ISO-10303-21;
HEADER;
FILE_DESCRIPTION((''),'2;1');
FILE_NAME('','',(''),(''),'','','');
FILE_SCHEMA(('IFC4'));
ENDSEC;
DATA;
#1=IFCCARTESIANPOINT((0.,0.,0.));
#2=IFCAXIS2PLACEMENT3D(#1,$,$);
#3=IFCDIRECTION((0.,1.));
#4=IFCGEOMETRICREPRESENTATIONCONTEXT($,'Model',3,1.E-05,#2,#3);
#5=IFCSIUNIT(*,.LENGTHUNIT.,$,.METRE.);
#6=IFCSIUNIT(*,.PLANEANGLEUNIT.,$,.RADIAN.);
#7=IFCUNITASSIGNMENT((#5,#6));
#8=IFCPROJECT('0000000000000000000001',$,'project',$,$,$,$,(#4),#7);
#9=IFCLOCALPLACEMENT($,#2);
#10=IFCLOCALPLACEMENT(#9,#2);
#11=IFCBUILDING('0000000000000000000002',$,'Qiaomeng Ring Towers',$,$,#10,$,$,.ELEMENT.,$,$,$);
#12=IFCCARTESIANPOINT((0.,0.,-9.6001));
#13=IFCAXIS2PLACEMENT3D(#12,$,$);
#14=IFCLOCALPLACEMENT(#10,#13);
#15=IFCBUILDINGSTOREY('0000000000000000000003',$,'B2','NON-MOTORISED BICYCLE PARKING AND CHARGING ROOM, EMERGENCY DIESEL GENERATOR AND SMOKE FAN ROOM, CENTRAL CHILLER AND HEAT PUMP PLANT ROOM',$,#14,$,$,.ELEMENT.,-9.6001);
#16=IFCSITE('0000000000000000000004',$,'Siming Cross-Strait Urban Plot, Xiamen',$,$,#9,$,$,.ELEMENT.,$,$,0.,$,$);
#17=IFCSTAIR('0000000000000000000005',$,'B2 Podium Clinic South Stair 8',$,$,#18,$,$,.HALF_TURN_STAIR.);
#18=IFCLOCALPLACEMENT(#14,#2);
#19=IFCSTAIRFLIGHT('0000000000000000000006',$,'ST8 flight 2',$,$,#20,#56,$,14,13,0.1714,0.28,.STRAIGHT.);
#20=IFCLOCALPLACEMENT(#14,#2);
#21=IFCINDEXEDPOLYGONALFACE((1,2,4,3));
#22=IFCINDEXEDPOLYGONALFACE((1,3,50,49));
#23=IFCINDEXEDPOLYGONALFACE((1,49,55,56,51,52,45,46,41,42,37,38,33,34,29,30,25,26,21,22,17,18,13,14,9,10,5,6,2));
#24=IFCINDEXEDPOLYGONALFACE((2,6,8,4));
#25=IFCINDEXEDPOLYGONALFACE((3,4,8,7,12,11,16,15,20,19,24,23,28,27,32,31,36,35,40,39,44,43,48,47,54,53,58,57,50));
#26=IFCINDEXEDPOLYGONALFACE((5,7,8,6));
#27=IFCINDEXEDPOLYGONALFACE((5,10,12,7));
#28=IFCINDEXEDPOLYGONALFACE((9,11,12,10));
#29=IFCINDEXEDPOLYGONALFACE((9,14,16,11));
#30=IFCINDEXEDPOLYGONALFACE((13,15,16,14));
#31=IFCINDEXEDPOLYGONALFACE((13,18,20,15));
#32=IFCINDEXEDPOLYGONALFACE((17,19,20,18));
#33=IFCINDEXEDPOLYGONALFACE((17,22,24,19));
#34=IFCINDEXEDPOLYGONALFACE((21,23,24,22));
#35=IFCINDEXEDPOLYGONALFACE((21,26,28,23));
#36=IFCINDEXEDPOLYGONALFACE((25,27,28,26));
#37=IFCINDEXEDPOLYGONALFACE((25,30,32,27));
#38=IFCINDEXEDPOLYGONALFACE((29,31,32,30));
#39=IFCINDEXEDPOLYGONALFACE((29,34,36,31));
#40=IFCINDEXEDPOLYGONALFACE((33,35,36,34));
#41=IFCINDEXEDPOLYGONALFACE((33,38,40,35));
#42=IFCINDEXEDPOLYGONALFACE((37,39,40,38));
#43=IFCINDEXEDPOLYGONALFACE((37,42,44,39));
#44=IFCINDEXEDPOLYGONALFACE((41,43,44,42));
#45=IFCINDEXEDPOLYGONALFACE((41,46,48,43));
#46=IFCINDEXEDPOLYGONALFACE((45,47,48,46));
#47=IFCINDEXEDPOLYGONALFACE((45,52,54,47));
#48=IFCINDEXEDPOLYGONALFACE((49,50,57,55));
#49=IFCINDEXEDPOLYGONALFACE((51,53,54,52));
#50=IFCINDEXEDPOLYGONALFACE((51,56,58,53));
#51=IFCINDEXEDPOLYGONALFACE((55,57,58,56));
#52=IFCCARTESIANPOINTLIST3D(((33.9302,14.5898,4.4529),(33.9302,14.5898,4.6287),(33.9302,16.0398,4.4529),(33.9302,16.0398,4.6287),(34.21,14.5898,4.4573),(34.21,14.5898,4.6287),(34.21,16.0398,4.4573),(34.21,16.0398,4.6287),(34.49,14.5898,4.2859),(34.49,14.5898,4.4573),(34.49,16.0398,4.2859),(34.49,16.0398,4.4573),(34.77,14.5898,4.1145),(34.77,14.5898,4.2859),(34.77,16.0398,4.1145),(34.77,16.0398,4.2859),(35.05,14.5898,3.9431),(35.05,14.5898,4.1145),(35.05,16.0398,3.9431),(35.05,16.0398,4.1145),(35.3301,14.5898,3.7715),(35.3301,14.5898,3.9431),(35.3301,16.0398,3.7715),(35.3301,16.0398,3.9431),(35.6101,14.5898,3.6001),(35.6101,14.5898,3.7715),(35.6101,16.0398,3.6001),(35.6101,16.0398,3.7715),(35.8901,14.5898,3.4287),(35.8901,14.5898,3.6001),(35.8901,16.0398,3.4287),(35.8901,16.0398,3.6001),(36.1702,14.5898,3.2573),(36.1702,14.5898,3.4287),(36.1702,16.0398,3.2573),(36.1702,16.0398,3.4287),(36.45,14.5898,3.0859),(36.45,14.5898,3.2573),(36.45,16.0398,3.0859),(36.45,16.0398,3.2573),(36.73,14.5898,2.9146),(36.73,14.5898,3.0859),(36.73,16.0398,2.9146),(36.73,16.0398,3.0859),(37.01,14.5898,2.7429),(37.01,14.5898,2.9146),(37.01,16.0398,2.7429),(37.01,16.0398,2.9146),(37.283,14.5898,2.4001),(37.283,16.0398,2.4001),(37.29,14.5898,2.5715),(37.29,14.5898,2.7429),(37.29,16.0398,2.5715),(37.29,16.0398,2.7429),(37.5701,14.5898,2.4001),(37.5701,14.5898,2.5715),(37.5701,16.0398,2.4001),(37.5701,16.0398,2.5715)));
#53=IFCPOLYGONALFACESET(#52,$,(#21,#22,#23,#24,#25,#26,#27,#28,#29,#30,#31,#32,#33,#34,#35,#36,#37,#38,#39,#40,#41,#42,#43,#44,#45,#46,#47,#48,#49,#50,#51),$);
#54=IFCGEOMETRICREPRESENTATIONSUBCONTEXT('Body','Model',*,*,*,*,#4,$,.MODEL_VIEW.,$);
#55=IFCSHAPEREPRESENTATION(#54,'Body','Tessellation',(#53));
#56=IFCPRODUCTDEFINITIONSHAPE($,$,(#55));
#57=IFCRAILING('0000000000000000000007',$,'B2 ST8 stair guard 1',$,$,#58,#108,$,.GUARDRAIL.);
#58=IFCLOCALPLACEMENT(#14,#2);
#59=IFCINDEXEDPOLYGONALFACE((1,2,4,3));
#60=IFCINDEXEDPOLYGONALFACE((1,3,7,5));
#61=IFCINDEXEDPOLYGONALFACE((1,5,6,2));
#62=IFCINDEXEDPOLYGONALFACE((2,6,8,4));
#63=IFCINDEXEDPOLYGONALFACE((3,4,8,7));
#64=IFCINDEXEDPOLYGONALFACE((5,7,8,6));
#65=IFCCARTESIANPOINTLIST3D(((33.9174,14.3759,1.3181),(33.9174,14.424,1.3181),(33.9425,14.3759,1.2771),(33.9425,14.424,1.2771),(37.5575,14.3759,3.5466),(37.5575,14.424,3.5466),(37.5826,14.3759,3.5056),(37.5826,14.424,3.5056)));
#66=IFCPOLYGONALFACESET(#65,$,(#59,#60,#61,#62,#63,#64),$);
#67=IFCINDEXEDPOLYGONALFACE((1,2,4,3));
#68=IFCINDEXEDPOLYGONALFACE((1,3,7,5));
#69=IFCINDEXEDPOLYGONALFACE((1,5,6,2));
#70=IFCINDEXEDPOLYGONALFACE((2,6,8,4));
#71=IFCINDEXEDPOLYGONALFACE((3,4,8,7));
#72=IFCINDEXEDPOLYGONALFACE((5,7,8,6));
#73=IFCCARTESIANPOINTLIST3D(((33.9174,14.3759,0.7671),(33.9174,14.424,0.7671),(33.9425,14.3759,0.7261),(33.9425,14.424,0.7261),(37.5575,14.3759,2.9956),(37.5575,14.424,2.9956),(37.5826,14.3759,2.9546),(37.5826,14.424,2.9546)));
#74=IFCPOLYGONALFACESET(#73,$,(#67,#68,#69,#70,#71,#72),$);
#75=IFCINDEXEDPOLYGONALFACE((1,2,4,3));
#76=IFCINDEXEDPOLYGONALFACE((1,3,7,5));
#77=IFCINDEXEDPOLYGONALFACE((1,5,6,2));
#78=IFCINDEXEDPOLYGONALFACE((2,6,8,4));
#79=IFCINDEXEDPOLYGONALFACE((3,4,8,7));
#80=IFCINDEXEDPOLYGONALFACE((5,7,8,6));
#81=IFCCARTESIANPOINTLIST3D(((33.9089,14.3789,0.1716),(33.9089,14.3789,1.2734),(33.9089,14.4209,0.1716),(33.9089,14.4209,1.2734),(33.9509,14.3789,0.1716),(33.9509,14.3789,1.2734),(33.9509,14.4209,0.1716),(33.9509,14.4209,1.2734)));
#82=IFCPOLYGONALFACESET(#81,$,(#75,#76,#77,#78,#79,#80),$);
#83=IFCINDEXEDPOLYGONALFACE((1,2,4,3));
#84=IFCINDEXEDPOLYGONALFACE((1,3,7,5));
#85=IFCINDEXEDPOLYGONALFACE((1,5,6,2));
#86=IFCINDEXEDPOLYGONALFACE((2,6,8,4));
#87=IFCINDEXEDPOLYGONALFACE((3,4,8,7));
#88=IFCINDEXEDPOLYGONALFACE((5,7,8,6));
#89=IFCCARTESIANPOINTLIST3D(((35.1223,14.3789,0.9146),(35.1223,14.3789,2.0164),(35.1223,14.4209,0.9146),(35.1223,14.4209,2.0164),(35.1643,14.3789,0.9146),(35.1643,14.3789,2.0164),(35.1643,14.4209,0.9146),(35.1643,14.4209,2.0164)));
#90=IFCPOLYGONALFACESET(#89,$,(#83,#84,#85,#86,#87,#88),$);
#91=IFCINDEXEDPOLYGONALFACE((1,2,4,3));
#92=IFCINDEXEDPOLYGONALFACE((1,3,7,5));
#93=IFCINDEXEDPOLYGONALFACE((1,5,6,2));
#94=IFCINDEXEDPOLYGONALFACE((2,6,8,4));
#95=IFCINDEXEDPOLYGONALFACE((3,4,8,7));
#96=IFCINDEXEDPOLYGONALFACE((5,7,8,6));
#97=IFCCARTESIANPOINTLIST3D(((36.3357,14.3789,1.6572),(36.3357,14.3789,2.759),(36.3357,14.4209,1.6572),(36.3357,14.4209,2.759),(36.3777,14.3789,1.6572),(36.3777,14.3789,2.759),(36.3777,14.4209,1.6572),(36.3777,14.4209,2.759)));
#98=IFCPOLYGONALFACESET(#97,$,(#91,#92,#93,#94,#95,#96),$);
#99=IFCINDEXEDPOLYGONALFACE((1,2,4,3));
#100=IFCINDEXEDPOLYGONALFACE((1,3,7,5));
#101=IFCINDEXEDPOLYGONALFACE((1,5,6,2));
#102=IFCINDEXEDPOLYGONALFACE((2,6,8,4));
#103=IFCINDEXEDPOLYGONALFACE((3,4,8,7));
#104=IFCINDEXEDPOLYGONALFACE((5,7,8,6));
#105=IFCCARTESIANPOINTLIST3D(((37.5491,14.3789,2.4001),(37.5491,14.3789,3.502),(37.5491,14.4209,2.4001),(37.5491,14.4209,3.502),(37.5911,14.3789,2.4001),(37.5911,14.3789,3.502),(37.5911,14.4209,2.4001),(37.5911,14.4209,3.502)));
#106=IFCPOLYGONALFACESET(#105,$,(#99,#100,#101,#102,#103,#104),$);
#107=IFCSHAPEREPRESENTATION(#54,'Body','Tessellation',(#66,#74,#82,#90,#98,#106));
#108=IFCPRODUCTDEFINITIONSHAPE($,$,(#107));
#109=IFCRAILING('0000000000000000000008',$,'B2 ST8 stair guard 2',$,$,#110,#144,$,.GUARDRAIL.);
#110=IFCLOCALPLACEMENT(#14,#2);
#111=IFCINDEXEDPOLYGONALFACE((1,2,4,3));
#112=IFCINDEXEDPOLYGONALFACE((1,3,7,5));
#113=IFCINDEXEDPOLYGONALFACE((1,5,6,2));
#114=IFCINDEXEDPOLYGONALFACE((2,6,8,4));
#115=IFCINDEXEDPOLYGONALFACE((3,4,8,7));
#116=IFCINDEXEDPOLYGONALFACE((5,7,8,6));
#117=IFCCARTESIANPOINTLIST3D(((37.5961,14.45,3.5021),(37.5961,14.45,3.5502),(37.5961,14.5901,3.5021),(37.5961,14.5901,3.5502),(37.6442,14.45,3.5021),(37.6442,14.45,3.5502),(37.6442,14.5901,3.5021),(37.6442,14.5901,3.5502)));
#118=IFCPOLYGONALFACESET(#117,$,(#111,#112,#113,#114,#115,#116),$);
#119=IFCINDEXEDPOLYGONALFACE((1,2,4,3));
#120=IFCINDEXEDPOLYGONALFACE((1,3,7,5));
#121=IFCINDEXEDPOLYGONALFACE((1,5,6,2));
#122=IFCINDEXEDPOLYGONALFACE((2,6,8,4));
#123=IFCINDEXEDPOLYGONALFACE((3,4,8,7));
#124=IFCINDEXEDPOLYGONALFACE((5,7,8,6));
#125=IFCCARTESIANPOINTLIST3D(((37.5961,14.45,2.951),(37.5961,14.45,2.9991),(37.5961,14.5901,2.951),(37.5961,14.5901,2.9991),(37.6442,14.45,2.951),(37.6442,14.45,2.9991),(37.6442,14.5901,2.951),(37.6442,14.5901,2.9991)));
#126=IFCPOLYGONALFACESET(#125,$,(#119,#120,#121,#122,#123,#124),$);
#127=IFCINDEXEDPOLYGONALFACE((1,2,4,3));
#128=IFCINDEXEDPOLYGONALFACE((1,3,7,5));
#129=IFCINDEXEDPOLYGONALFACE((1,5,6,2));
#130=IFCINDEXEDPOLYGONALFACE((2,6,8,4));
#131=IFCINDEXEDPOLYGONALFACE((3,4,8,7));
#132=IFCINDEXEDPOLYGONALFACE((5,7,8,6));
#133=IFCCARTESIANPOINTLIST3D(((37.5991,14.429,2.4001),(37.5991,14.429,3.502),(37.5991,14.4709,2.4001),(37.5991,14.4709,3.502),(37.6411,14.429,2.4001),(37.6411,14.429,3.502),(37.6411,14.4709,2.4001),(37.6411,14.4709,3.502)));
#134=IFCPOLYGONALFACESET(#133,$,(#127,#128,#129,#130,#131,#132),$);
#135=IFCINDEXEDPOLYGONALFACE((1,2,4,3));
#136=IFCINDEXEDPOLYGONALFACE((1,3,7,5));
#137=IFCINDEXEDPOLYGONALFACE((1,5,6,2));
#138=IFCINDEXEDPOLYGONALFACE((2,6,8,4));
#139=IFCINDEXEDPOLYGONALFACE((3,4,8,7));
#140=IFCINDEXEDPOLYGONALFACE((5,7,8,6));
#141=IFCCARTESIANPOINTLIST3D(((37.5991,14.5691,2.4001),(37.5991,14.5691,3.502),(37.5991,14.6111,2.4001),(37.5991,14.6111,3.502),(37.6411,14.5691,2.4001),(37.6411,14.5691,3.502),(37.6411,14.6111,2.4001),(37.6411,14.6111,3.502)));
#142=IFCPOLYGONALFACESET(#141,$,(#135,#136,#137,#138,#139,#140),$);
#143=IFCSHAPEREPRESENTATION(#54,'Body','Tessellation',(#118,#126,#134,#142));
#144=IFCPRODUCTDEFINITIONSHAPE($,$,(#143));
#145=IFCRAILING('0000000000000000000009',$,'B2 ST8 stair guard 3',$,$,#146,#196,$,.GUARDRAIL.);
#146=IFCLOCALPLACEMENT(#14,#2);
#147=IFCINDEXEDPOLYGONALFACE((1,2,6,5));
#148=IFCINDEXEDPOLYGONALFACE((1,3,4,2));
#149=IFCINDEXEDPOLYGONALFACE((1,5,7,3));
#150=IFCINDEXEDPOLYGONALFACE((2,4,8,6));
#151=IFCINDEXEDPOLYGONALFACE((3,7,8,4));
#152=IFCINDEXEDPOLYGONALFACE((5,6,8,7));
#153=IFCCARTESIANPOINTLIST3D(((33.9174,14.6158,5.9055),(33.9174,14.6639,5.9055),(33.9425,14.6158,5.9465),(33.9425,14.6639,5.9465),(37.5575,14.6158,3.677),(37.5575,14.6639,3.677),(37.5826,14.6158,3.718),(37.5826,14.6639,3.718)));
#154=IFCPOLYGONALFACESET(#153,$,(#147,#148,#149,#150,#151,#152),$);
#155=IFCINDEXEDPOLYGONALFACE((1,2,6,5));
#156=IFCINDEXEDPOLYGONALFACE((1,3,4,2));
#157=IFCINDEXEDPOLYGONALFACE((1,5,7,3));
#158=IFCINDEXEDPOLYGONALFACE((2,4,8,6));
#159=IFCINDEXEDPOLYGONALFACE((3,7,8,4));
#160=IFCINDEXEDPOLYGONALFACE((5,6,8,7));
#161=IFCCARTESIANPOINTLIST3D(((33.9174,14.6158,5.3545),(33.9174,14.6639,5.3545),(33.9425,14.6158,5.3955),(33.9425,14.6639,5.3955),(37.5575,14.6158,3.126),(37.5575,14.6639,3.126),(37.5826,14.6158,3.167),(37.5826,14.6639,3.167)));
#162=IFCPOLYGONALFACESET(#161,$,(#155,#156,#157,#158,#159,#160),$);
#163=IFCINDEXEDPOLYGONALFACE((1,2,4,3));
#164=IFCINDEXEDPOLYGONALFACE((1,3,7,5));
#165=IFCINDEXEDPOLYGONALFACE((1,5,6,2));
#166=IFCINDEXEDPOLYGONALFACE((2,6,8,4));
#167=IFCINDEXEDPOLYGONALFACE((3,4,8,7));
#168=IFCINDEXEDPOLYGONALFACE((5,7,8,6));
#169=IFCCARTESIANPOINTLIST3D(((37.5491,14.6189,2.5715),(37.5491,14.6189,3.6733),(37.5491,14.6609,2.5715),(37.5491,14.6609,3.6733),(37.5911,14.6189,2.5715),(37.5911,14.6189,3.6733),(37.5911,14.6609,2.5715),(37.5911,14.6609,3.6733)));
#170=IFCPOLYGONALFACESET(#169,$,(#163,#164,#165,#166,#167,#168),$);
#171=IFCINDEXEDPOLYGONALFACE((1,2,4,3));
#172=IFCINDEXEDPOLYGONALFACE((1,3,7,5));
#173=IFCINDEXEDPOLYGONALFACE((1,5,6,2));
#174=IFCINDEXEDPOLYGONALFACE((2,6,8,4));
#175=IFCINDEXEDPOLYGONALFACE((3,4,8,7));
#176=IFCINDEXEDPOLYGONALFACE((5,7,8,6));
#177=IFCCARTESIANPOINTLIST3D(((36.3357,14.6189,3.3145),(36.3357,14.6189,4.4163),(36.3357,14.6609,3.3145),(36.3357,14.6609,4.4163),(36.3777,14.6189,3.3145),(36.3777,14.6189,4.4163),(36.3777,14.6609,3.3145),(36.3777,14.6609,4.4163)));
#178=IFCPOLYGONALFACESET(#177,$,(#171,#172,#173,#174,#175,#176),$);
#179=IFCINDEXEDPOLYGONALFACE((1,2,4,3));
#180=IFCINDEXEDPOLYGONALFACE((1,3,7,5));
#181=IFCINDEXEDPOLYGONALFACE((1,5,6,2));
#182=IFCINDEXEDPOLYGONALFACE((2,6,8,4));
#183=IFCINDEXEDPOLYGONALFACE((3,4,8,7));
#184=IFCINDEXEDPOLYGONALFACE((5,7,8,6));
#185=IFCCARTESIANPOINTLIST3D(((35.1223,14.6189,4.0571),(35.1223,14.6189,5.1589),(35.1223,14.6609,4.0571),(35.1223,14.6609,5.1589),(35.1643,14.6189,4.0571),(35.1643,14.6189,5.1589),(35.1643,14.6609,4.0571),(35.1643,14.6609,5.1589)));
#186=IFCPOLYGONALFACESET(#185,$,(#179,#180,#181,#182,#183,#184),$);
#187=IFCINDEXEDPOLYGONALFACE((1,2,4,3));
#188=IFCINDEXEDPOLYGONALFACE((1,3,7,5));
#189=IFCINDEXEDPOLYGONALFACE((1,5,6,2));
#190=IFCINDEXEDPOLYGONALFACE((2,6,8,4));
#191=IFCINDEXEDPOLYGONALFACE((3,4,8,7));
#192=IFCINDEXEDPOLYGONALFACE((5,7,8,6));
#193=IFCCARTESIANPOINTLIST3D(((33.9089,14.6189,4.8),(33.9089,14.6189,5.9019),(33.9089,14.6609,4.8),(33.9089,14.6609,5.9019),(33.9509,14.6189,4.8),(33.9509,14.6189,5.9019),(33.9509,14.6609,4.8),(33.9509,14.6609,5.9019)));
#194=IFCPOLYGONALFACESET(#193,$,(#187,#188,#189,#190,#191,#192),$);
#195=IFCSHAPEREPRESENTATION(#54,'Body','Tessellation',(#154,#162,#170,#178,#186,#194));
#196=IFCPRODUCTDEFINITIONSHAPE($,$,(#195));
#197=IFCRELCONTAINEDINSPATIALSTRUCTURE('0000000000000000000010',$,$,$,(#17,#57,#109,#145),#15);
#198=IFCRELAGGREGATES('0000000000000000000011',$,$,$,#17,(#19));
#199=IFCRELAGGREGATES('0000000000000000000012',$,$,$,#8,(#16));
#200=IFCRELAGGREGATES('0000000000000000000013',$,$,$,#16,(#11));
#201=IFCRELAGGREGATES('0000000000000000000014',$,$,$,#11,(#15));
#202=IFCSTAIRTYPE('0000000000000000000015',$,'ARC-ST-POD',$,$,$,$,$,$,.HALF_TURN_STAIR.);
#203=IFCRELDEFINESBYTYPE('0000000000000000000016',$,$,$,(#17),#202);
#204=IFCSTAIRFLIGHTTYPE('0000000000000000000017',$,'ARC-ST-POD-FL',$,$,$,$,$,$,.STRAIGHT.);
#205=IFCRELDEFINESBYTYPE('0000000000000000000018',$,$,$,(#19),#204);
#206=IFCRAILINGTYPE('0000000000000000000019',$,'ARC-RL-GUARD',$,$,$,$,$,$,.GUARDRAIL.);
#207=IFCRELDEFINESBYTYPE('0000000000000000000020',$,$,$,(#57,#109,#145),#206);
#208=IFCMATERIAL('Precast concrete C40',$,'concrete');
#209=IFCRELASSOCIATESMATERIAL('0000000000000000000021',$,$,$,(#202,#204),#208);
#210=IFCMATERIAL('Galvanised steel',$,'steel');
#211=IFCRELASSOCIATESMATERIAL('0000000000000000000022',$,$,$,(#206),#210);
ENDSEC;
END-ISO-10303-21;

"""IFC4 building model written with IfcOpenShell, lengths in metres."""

from ifc_helpers import new_model, si_unit, direction, frame, origin, origin_2d, place, context, subcontext, project, spatial, polyline, rectangle, outline, extrude, source, transform, mapped, material, type_object, element, aggregate, save


model = new_model("IFC4")

# Units and contexts
model_context = context("Model", 3, precision=1e-05, world=origin(), true_north=direction((0.0, 1.0)))
body_context = subcontext(model_context, "Body", "Model", "MODEL_VIEW")
ifc_project = project(units=[si_unit("LENGTHUNIT", "METRE"), si_unit("PLANEANGLEUNIT", "RADIAN")], contexts=[model_context])

# Site, building, storey
site_placement = place(None, origin())
site = spatial("IfcSite", under=ifc_project, at=site_placement, Name="Siming Cross-Strait Urban Plot, Xiamen", CompositionType="ELEMENT", RefElevation=0.0)
building_placement = place(site_placement, origin())
building = spatial("IfcBuilding", under=site, at=building_placement, Name="Qiaomeng Ring Towers", CompositionType="ELEMENT")
storey_placement = place(building_placement, frame((0.0, 0.0, -9.6001)))
storey = spatial("IfcBuildingStorey", under=building, at=storey_placement, Name="B2", Description="NON-MOTORISED BICYCLE PARKING AND CHARGING ROOM, EMERGENCY DIESEL GENERATOR AND SMOKE FAN ROOM, CENTRAL CHILLER AND HEAT PUMP PLANT ROOM", CompositionType="ELEMENT", Elevation=-9.6001)

# Shared definitions
ifc_material_1 = material(Name="Galvanised steel", Category="steel")

# Stair, stair flight
ifc_material_2 = material(Name="Precast concrete C40", Category="concrete")
stair_type = type_object("IfcStairType", Name="ARC-ST-POD", PredefinedType="HALF_TURN_STAIR", material=ifc_material_2)
stair_placement = place(storey_placement, origin())
stair = element("IfcStair", 1, at=stair_placement, inside=storey, type_object=stair_type, Name="B2 Podium Clinic South Stair 8", PredefinedType="HALF_TURN_STAIR")
stair_flight_type = type_object("IfcStairFlightType", Name="ARC-ST-POD-FL", PredefinedType="STRAIGHT", material=ifc_material_2)
shared_shape_1 = source(origin(), body_context, "Body", "SweptSolid", [
    extrude(outline(polyline([(0.0, 0.0), (0.0, 0.1714), (0.28, 0.1714), (0.28, 0.3428), (0.5601, 0.3428), (0.5601, 0.5144), (0.8401, 0.5144), (0.8401, 0.6858), (1.1201, 0.6858), (1.1201, 0.8572), (1.3999, 0.8572), (1.3999, 1.0286), (1.6799, 1.0286), (1.6799, 1.2), (1.96, 1.2), (1.96, 1.3713), (2.24, 1.3713), (2.24, 1.543), (2.52, 1.543), (2.52, 1.7144), (2.8, 1.7144), (2.8, 1.8857), (3.0801, 1.8857), (3.0801, 2.0571), (3.3601, 2.0571), (3.3601, 2.2285), (3.6399, 2.2285), (3.6399, 2.3999), (3.6399, 2.0527), (0.2871, 0.0), (0.0, 0.0)])), frame((0.0, 0.7251, 0.0), z_axis=(0.0, -1.0, 0.0), x_axis=(1.0, 0.0, 0.0)), (0.0, 0.0, 1.0), 1.45),
])
stair_flight_1_placement = place(storey_placement, frame((37.5701, 15.3149, 2.4001), z_axis=(0.0, 0.0, 1.0), x_axis=(-1.0, 0.0, 0.0)))
stair_flight_1 = element("IfcStairFlight", 2, at=stair_flight_1_placement, type_object=stair_flight_type, Name="ST8 flight 2", NumberOfRisers=14, NumberOfTreads=13, PredefinedType="STRAIGHT", RiserHeight=0.1714, TreadLength=0.28, context=body_context, shape_type="MappedRepresentation", body=[
    mapped(shared_shape_1, transform((0.0, 0.0, 0.0), x_axis=(1.0, 0.0, 0.0), y_axis=(0.0, 1.0, 0.0), z_axis=(0.0, 0.0, 1.0), scale=1.0)),
])
aggregate(stair, [stair_flight_1])

# Railings
railing_type_1 = type_object("IfcRailingType", Name="ARC-RL-GUARD", PredefinedType="GUARDRAIL", material=ifc_material_1)
railing_1_placement = place(storey_placement, frame((33.9299, 14.3999, 0.1716)))
element("IfcRailing", 3, at=railing_1_placement, inside=storey, type_object=railing_type_1, Name="B2 ST8 stair guard 1", PredefinedType="GUARDRAIL", context=body_context, shape_type="SweptSolid", body=[
    extrude(rectangle(XDim=0.0481, YDim=0.0481, at=origin_2d()), frame((0.0, 0.0, 1.126), z_axis=(0.852866, 0.0, 0.52213), x_axis=(0.0, 1.0, 0.0)), (0.0, 0.0, 1.0), 4.2681),
    extrude(rectangle(XDim=0.0481, YDim=0.0481, at=origin_2d()), frame((0.0, 0.0, 0.575), z_axis=(0.852866, 0.0, 0.52213), x_axis=(0.0, 1.0, 0.0)), (0.0, 0.0, 1.0), 4.2681),
    extrude(rectangle(XDim=0.042, YDim=0.042, at=origin_2d()), origin(), (0.0, 0.0, 1.0), 1.1018),
    extrude(rectangle(XDim=0.042, YDim=0.042, at=origin_2d()), frame((1.2134, 0.0, 0.7429)), (0.0, 0.0, 1.0), 1.1018),
    extrude(rectangle(XDim=0.042, YDim=0.042, at=origin_2d()), frame((2.4268, 0.0, 1.4856)), (0.0, 0.0, 1.0), 1.1018),
    extrude(rectangle(XDim=0.042, YDim=0.042, at=origin_2d()), frame((3.6401, 0.0, 2.2285)), (0.0, 0.0, 1.0), 1.1018),
])
railing_2_placement = place(storey_placement, frame((37.6201, 14.45, 2.4001)))
element("IfcRailing", 4, at=railing_2_placement, inside=storey, type_object=railing_type_1, Name="B2 ST8 stair guard 2", PredefinedType="GUARDRAIL", context=body_context, shape_type="SweptSolid", body=[
    extrude(rectangle(XDim=0.0481, YDim=0.0481, at=origin_2d()), frame((0.0, 0.0, 1.126), z_axis=(0.0, 1.0, 0.0), x_axis=(-1.0, 0.0, 0.0)), (0.0, 0.0, 1.0), 0.1401),
    extrude(rectangle(XDim=0.0481, YDim=0.0481, at=origin_2d()), frame((0.0, 0.0, 0.575), z_axis=(0.0, 1.0, 0.0), x_axis=(-1.0, 0.0, 0.0)), (0.0, 0.0, 1.0), 0.1401),
    extrude(rectangle(XDim=0.042, YDim=0.042, at=origin_2d()), origin(), (0.0, 0.0, 1.0), 1.1018),
    extrude(rectangle(XDim=0.042, YDim=0.042, at=origin_2d()), frame((0.0, 0.1401, 0.0)), (0.0, 0.0, 1.0), 1.1018),
])
railing_3_placement = place(storey_placement, frame((37.5701, 14.6399, 2.5715)))
element("IfcRailing", 5, at=railing_3_placement, inside=storey, type_object=railing_type_1, Name="B2 ST8 stair guard 3", PredefinedType="GUARDRAIL", context=body_context, shape_type="SweptSolid", body=[
    extrude(rectangle(XDim=0.0481, YDim=0.0481, at=origin_2d()), frame((0.0, 0.0, 1.126), z_axis=(-0.852866, 0.0, 0.52213), x_axis=(0.0, -1.0, 0.0)), (0.0, 0.0, 1.0), 4.2681),
    extrude(rectangle(XDim=0.0481, YDim=0.0481, at=origin_2d()), frame((0.0, 0.0, 0.575), z_axis=(-0.852866, 0.0, 0.52213), x_axis=(0.0, -1.0, 0.0)), (0.0, 0.0, 1.0), 4.2681),
    extrude(rectangle(XDim=0.042, YDim=0.042, at=origin_2d()), origin(), (0.0, 0.0, 1.0), 1.1018),
    extrude(rectangle(XDim=0.042, YDim=0.042, at=origin_2d()), frame((-1.2134, 0.0, 0.7429)), (0.0, 0.0, 1.0), 1.1018),
    extrude(rectangle(XDim=0.042, YDim=0.042, at=origin_2d()), frame((-2.4268, 0.0, 1.4856)), (0.0, 0.0, 1.0), 1.1018),
    extrude(rectangle(XDim=0.042, YDim=0.042, at=origin_2d()), frame((-3.6401, 0.0, 2.2285)), (0.0, 0.0, 1.0), 1.1018),
])

save(model, "model.ifc")
